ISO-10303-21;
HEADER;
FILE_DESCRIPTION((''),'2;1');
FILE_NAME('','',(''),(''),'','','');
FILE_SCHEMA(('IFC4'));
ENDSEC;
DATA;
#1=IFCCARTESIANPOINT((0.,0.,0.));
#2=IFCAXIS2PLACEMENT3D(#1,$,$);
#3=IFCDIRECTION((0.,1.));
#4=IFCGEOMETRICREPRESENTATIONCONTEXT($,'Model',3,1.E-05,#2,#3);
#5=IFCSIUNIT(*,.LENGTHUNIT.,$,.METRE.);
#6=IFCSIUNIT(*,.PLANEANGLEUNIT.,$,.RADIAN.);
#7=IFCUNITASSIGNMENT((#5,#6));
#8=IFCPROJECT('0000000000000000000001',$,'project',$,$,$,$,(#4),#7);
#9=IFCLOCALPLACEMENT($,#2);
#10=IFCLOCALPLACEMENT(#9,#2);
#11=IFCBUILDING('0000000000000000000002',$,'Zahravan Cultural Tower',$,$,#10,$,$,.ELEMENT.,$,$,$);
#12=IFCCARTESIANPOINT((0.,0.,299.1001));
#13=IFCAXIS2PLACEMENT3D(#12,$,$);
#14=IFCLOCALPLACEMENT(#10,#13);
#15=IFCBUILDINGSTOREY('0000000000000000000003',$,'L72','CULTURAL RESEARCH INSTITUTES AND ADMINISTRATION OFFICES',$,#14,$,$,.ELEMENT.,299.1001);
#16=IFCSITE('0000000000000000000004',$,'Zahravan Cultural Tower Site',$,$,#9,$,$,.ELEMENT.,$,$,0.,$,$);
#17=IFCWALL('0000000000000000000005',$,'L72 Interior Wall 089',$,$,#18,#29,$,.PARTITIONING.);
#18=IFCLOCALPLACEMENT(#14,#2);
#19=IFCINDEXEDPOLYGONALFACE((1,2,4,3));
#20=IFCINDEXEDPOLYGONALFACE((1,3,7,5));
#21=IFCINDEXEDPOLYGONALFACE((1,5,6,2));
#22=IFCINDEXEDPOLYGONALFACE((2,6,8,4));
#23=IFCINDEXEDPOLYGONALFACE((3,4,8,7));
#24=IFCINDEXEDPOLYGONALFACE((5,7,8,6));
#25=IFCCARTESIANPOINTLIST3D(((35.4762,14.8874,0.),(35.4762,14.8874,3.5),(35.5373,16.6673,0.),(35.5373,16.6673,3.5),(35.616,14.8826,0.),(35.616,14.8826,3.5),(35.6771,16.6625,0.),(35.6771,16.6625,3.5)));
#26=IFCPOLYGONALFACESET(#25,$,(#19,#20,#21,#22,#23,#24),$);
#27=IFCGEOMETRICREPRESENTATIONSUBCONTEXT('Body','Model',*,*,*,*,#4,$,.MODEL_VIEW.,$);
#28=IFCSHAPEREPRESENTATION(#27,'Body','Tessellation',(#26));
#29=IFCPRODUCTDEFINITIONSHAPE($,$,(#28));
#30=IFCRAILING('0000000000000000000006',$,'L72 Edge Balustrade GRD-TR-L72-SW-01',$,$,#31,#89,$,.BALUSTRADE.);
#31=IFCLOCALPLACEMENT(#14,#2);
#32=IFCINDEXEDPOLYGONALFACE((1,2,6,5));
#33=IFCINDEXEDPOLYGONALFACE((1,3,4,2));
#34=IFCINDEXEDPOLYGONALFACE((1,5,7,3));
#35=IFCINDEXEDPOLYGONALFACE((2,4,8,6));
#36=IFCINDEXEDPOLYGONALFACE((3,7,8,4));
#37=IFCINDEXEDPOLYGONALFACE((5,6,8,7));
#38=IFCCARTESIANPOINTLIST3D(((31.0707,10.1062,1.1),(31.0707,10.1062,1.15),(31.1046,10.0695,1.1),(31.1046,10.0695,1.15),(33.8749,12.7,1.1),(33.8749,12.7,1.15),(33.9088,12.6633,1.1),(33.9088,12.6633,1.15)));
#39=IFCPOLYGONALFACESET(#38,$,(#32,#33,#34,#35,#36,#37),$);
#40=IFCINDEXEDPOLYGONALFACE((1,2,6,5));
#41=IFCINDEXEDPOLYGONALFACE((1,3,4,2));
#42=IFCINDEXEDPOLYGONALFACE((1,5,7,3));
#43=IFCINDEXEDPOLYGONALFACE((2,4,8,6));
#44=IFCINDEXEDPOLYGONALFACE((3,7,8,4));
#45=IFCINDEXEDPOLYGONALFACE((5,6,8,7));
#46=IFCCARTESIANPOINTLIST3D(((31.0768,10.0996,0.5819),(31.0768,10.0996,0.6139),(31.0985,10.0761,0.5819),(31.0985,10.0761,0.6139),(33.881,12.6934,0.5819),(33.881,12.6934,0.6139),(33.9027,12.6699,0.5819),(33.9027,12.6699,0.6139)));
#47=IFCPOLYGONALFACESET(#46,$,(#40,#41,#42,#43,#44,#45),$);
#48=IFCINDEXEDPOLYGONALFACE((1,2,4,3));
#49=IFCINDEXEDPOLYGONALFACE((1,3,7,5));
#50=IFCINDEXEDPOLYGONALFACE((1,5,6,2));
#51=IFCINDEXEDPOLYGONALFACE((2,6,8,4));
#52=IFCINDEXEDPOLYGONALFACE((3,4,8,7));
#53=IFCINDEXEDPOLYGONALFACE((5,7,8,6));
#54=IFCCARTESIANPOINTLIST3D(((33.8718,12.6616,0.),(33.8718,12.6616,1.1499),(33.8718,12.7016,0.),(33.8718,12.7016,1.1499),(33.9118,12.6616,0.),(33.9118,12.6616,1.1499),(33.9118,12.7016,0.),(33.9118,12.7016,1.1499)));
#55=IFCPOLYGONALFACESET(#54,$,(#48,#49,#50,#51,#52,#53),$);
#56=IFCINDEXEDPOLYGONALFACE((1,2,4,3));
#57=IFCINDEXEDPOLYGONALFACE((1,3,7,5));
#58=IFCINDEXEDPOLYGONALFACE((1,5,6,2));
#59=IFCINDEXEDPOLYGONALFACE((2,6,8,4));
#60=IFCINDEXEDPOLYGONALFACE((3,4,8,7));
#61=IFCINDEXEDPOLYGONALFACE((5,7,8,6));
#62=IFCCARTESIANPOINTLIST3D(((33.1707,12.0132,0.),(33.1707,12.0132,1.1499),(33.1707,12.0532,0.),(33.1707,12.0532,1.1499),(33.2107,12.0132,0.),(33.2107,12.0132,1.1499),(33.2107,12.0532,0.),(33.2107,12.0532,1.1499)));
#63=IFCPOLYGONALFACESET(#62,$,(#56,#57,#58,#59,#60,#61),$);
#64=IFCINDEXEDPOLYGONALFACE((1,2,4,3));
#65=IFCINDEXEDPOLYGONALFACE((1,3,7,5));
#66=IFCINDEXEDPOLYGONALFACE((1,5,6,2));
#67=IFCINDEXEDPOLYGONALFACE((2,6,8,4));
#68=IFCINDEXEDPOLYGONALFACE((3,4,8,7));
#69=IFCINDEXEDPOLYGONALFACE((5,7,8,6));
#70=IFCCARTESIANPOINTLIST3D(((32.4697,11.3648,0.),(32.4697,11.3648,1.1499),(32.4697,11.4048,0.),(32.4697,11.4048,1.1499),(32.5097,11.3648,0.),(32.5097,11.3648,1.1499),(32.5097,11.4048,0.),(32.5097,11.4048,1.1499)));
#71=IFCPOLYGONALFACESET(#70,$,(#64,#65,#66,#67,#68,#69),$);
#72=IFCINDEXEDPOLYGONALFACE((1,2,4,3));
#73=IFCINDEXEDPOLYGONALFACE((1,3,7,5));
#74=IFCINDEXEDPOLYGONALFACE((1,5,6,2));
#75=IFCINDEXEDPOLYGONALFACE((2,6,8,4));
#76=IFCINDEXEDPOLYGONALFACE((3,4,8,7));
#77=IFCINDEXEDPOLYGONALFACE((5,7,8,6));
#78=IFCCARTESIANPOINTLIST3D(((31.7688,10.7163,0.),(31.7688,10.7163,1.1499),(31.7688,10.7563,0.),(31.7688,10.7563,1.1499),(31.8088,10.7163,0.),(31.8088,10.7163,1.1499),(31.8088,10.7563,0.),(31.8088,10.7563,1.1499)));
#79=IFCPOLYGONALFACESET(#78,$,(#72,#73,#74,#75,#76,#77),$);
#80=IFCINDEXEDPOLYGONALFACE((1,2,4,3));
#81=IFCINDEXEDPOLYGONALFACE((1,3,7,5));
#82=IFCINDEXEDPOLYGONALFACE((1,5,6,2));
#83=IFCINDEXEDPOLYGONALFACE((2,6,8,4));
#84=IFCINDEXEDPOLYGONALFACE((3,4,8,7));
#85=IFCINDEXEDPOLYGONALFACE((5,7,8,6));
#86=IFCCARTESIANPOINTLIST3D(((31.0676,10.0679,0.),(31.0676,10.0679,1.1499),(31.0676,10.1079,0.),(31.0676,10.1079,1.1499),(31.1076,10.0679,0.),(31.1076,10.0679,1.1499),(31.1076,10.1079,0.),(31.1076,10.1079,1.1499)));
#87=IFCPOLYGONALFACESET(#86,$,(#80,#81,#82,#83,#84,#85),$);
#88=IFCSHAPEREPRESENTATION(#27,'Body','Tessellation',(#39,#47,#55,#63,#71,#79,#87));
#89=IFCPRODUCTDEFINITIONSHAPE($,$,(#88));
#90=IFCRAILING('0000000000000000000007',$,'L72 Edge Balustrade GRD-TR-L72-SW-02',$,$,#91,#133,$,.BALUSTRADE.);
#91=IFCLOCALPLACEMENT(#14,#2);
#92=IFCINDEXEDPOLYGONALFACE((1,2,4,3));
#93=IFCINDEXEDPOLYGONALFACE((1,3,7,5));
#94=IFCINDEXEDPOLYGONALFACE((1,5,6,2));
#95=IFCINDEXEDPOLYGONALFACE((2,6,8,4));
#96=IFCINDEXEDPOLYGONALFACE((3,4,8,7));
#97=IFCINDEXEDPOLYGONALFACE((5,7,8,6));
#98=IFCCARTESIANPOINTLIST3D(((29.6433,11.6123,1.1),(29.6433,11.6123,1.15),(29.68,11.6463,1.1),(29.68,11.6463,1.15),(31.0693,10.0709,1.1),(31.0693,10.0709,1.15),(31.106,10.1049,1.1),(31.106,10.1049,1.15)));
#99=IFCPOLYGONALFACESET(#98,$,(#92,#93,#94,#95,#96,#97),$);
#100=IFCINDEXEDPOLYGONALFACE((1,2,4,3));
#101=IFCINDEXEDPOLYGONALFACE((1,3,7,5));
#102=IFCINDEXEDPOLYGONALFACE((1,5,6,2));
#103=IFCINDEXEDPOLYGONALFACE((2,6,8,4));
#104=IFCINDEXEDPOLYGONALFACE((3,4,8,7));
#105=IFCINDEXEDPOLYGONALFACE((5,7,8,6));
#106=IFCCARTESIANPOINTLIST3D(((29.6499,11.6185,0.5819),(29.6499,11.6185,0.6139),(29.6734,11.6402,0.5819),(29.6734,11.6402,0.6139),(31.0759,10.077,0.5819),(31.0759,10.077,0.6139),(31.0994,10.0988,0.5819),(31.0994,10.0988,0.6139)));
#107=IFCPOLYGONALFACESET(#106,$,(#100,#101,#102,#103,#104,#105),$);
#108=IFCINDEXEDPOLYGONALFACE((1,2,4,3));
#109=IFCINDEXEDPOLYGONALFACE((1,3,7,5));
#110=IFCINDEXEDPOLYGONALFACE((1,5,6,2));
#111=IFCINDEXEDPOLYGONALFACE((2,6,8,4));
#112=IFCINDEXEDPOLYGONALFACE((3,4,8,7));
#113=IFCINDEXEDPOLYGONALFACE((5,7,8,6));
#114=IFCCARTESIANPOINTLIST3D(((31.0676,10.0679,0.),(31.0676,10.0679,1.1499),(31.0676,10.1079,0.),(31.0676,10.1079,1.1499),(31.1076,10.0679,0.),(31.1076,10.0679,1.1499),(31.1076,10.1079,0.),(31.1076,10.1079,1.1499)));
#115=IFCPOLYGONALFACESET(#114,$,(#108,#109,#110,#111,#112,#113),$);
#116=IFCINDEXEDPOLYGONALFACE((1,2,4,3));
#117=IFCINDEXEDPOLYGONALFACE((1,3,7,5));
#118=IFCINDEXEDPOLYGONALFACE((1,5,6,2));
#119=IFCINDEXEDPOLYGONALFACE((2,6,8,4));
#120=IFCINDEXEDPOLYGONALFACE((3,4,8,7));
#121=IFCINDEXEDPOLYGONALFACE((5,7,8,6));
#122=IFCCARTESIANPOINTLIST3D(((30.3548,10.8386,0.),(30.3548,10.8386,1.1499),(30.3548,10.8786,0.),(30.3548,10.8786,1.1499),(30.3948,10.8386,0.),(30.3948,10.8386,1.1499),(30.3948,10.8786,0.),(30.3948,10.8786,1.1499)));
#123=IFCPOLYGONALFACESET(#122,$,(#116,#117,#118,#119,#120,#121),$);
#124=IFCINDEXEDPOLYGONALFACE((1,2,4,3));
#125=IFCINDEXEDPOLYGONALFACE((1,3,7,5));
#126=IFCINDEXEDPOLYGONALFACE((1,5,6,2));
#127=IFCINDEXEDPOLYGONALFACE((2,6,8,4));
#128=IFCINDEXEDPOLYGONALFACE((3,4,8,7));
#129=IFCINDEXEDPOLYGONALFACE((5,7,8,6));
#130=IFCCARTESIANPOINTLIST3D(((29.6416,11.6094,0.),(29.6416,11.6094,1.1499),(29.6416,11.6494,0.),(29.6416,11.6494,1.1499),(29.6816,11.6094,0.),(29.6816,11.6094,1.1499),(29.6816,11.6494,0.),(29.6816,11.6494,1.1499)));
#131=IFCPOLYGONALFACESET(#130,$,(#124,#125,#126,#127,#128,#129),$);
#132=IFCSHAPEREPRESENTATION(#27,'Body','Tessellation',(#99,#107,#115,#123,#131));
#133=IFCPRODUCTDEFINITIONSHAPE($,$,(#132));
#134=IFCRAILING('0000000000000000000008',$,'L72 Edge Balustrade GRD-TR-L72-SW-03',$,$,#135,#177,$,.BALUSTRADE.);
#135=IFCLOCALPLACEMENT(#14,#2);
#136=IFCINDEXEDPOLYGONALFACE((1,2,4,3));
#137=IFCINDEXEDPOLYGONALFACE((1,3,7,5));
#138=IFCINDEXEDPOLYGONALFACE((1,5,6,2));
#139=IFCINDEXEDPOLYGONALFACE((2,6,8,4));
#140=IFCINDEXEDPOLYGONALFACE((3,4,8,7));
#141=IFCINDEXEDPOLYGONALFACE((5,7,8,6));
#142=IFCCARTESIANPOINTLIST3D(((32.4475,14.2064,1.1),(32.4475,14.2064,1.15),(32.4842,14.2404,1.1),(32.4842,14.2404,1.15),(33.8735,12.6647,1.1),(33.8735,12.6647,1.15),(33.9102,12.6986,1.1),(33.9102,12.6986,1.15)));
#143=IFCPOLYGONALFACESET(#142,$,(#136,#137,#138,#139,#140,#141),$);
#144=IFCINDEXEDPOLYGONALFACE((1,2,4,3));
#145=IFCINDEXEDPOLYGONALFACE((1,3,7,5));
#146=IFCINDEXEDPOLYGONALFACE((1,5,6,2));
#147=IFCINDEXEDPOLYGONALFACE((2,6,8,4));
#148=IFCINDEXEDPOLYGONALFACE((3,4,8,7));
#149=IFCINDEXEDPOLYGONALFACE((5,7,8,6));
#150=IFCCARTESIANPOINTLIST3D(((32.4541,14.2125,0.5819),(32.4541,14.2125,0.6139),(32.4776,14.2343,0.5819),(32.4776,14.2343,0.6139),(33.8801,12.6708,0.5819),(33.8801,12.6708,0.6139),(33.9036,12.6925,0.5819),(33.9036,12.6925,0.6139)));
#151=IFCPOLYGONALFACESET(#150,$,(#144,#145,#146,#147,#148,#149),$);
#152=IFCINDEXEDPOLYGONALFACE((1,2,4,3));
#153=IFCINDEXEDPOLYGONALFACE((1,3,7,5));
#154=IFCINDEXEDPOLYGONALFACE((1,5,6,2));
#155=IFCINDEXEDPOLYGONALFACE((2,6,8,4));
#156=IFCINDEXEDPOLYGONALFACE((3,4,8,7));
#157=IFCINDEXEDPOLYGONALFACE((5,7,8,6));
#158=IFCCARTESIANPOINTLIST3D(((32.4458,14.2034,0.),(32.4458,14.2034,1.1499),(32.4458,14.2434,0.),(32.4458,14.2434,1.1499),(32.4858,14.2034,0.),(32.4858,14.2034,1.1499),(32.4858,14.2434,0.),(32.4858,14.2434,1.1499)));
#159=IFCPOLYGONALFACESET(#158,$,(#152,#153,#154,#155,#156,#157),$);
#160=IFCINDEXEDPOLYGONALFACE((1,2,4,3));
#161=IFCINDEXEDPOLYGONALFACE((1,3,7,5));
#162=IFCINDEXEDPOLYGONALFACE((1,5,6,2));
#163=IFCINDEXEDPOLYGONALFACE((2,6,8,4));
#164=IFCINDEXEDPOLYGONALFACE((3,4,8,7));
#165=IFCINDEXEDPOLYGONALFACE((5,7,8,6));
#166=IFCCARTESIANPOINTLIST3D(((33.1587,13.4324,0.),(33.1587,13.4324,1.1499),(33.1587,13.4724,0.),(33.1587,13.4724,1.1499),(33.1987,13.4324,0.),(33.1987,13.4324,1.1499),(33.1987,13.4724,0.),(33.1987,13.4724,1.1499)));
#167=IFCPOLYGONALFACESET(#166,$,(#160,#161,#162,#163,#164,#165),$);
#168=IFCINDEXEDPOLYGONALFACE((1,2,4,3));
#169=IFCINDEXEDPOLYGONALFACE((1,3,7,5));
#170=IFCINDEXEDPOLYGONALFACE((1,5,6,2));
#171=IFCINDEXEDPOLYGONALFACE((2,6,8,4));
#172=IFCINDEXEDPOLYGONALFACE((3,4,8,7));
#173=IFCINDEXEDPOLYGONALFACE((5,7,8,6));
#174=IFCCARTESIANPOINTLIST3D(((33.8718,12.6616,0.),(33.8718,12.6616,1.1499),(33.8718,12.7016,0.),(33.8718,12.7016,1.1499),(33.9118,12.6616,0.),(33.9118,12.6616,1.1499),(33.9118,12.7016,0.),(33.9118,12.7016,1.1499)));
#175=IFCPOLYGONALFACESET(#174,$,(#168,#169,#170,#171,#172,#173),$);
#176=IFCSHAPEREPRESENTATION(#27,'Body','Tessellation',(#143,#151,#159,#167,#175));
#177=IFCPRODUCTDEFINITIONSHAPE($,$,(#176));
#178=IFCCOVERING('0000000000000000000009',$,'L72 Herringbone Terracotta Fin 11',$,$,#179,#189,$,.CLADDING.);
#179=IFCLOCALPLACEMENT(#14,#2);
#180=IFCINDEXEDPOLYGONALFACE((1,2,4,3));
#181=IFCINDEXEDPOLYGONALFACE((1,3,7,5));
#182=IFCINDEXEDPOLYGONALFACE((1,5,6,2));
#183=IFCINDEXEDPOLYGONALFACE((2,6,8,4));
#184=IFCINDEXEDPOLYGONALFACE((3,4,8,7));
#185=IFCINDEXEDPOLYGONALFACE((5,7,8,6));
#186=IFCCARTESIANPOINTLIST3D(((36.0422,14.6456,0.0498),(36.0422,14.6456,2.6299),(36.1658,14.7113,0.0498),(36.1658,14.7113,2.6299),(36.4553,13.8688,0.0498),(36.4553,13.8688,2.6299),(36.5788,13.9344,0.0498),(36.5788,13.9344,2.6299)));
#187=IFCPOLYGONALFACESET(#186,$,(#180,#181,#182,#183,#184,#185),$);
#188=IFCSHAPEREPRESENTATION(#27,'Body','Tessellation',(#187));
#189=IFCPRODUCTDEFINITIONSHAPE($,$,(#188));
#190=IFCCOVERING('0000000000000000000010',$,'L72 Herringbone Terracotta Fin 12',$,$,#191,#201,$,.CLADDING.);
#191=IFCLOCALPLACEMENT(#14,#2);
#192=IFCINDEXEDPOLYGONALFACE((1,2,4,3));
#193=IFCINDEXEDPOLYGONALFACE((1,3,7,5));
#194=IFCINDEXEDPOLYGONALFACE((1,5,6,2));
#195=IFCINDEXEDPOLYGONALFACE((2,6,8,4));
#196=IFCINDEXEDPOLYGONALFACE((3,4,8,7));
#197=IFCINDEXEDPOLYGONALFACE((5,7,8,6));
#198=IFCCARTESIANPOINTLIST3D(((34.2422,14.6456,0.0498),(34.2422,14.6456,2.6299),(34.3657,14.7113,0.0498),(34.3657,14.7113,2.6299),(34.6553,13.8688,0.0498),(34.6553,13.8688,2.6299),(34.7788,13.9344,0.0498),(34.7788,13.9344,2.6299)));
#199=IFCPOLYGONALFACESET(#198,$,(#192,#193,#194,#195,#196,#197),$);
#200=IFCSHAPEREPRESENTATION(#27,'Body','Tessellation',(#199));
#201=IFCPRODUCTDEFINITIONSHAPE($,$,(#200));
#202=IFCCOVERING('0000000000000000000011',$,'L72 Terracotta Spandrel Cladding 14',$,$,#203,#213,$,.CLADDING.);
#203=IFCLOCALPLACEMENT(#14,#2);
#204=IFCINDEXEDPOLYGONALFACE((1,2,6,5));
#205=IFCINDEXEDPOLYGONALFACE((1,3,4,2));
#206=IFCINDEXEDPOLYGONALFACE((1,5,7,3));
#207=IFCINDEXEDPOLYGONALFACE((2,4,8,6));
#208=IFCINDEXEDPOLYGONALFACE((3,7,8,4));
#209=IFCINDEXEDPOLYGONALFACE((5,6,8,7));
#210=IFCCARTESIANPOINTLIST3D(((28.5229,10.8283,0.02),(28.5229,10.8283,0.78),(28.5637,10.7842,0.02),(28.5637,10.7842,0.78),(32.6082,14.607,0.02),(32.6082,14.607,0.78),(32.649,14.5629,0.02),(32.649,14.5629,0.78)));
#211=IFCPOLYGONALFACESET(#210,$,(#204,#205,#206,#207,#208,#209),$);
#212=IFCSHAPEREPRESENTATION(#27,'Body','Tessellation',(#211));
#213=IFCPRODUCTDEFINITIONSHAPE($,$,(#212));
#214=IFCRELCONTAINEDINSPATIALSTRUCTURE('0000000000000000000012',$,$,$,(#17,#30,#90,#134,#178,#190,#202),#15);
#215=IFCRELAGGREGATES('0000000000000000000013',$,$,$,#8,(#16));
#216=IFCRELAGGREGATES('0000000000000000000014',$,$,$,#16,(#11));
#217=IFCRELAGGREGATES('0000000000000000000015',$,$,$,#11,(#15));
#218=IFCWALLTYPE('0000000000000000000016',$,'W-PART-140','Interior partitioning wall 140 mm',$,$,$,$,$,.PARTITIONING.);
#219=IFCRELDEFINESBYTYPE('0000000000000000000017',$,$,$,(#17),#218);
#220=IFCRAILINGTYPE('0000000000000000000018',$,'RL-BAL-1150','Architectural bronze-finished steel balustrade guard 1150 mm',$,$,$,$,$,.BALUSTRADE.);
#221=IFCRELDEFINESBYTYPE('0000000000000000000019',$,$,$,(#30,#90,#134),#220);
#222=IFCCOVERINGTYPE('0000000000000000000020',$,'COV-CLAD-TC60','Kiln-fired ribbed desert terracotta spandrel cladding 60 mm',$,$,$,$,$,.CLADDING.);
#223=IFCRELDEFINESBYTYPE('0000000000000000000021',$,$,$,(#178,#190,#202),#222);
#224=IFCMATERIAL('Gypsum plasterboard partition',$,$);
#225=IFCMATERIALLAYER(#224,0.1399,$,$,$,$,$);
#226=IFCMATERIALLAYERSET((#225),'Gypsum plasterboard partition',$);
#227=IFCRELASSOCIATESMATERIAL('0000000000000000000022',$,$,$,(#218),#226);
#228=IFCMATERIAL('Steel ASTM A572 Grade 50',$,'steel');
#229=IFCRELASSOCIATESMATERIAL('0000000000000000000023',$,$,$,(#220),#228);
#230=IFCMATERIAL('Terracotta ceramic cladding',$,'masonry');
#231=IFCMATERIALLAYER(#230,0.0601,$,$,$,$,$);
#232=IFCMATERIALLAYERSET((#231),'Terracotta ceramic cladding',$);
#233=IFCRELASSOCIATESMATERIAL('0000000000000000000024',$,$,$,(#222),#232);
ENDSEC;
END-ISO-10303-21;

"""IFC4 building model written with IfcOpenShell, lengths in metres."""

from ifc_helpers import new_model, si_unit, direction, frame, frame_2d, origin, origin_2d, place, context, subcontext, project, spatial, rectangle, extrude, source, transform, mapped, material, layer, layer_set, type_object, element, save


model = new_model("IFC4")

# Units and contexts
model_context = context("Model", 3, precision=1e-05, world=origin(), true_north=direction((0.0, 1.0)))
body_context = subcontext(model_context, "Body", "Model", "MODEL_VIEW")
ifc_project = project(units=[si_unit("LENGTHUNIT", "METRE"), si_unit("PLANEANGLEUNIT", "RADIAN")], contexts=[model_context])

# Site, building, storey
site_placement = place(None, origin())
site = spatial("IfcSite", under=ifc_project, at=site_placement, Name="Zahravan Cultural Tower Site", CompositionType="ELEMENT", RefElevation=0.0)
building_placement = place(site_placement, origin())
building = spatial("IfcBuilding", under=site, at=building_placement, Name="Zahravan Cultural Tower", CompositionType="ELEMENT")
storey_placement = place(building_placement, frame((0.0, 0.0, 299.1001)))
storey = spatial("IfcBuildingStorey", under=building, at=storey_placement, Name="L72", Description="CULTURAL RESEARCH INSTITUTES AND ADMINISTRATION OFFICES", CompositionType="ELEMENT", Elevation=299.1001)

# Shared definitions
ifc_material_1 = material(Name="Gypsum plasterboard partition")
ifc_layer_1 = layer(ifc_material_1, 0.1399)
ifc_layer_set_1 = layer_set([ifc_layer_1], Name="Gypsum plasterboard partition")
wall_type_1 = type_object("IfcWallType", Name="W-PART-140", Description="Interior partitioning wall 140 mm", PredefinedType="PARTITIONING", material=ifc_layer_set_1)

# Wall
shared_shape_1 = source(origin(), body_context, "Body", "SweptSolid", [
    extrude(rectangle(XDim=1.781, YDim=0.1399, at=frame_2d((0.8906, 0.0))), origin(), (0.0, 0.0, 1.0), 3.5),
])
wall_1_placement = place(storey_placement, frame((35.6072, 16.665, 0.0), z_axis=(0.0, 0.0, 1.0), x_axis=(-0.034269, -0.999413, 0.0)))
element("IfcWall", 1, at=wall_1_placement, inside=storey, type_object=wall_type_1, Name="L72 Interior Wall 089", PredefinedType="PARTITIONING", context=body_context, shape_type="MappedRepresentation", body=[
    mapped(shared_shape_1, transform((0.0, 0.0, 0.0), x_axis=(1.0, 0.0, 0.0), y_axis=(0.0, 1.0, 0.0), z_axis=(0.0, 0.0, 1.0), scale=1.0)),
])

# Railings
ifc_material_2 = material(Name="Steel ASTM A572 Grade 50", Category="steel")
railing_type = type_object("IfcRailingType", Name="RL-BAL-1150", Description="Architectural bronze-finished steel balustrade guard 1150 mm", PredefinedType="BALUSTRADE", material=ifc_material_2)
railing_1_placement = place(storey_placement, frame((33.8918, 12.6816, 0.0)))
element("IfcRailing", 2, at=railing_1_placement, inside=storey, type_object=railing_type, Name="L72 Edge Balustrade GRD-TR-L72-SW-01", PredefinedType="BALUSTRADE", context=body_context, shape_type="SweptSolid", body=[
    extrude(rectangle(XDim=0.05, YDim=0.05, at=origin_2d()), frame((0.0, 0.0, 1.125), z_axis=(-0.734117, -0.679023, 0.0), x_axis=(0.679023, -0.734117, 0.0)), (0.0, 0.0, 1.0), 3.8198),
    extrude(rectangle(XDim=0.032, YDim=0.032, at=origin_2d()), frame((0.0, 0.0, 0.5979), z_axis=(-0.734117, -0.679023, 0.0), x_axis=(0.679023, -0.734117, 0.0)), (0.0, 0.0, 1.0), 3.8198),
    extrude(rectangle(XDim=0.04, YDim=0.04, at=origin_2d()), origin(), (0.0, 0.0, 1.0), 1.1499),
    extrude(rectangle(XDim=0.04, YDim=0.04, at=origin_2d()), frame((-0.7012, -0.6484, 0.0)), (0.0, 0.0, 1.0), 1.1499),
    extrude(rectangle(XDim=0.04, YDim=0.04, at=origin_2d()), frame((-1.4021, -1.2969, 0.0)), (0.0, 0.0, 1.0), 1.1499),
    extrude(rectangle(XDim=0.04, YDim=0.04, at=origin_2d()), frame((-2.103, -1.9453, 0.0)), (0.0, 0.0, 1.0), 1.1499),
    extrude(rectangle(XDim=0.04, YDim=0.04, at=origin_2d()), frame((-2.8042, -2.5938, 0.0)), (0.0, 0.0, 1.0), 1.1499),
])
railing_2_placement = place(storey_placement, frame((31.0876, 10.0879, 0.0)))
element("IfcRailing", 3, at=railing_2_placement, inside=storey, type_object=railing_type, Name="L72 Edge Balustrade GRD-TR-L72-SW-02", PredefinedType="BALUSTRADE", context=body_context, shape_type="SweptSolid", body=[
    extrude(rectangle(XDim=0.05, YDim=0.05, at=origin_2d()), frame((0.0, 0.0, 1.125), z_axis=(-0.679076, 0.734068, 0.0), x_axis=(-0.734068, -0.679076, 0.0)), (0.0, 0.0, 1.0), 2.0999),
    extrude(rectangle(XDim=0.032, YDim=0.032, at=origin_2d()), frame((0.0, 0.0, 0.5979), z_axis=(-0.679076, 0.734068, 0.0), x_axis=(-0.734068, -0.679076, 0.0)), (0.0, 0.0, 1.0), 2.0999),
    extrude(rectangle(XDim=0.04, YDim=0.04, at=origin_2d()), origin(), (0.0, 0.0, 1.0), 1.1499),
    extrude(rectangle(XDim=0.04, YDim=0.04, at=origin_2d()), frame((-0.7129, 0.7708, 0.0)), (0.0, 0.0, 1.0), 1.1499),
    extrude(rectangle(XDim=0.04, YDim=0.04, at=origin_2d()), frame((-1.426, 1.5415, 0.0)), (0.0, 0.0, 1.0), 1.1499),
])
railing_3_placement = place(storey_placement, frame((32.4658, 14.2234, 0.0)))
element("IfcRailing", 4, at=railing_3_placement, inside=storey, type_object=railing_type, Name="L72 Edge Balustrade GRD-TR-L72-SW-03", PredefinedType="BALUSTRADE", context=body_context, shape_type="SweptSolid", body=[
    extrude(rectangle(XDim=0.05, YDim=0.05, at=origin_2d()), frame((0.0, 0.0, 1.125), z_axis=(0.679018, -0.734121, 0.0), x_axis=(0.734121, 0.679018, 0.0)), (0.0, 0.0, 1.0), 2.1001),
    extrude(rectangle(XDim=0.032, YDim=0.032, at=origin_2d()), frame((0.0, 0.0, 0.5979), z_axis=(0.679018, -0.734121, 0.0), x_axis=(0.734121, 0.679018, 0.0)), (0.0, 0.0, 1.0), 2.1001),
    extrude(rectangle(XDim=0.04, YDim=0.04, at=origin_2d()), origin(), (0.0, 0.0, 1.0), 1.1499),
    extrude(rectangle(XDim=0.04, YDim=0.04, at=origin_2d()), frame((0.7129, -0.771, 0.0)), (0.0, 0.0, 1.0), 1.1499),
    extrude(rectangle(XDim=0.04, YDim=0.04, at=origin_2d()), frame((1.426, -1.5417, 0.0)), (0.0, 0.0, 1.0), 1.1499),
])

# Coverings
ifc_material_3 = material(Name="Terracotta ceramic cladding", Category="masonry")
ifc_layer_2 = layer(ifc_material_3, 0.0601)
ifc_layer_set_2 = layer_set([ifc_layer_2], Name="Terracotta ceramic cladding")
covering_type = type_object("IfcCoveringType", Name="COV-CLAD-TC60", Description="Kiln-fired ribbed desert terracotta spandrel cladding 60 mm", PredefinedType="CLADDING", material=ifc_layer_set_2)
shared_shape_2 = source(origin(), body_context, "Body", "SweptSolid", [
    extrude(rectangle(XDim=0.8799, YDim=0.1399, at=origin_2d()), origin(), (0.0, 0.0, 1.0), 2.5801),
])
for number, where, z_axis, x_axis, name in (
    (5, (36.3105, 14.29, 0.0498), (0.0, 0.0, 1.0), (0.469472, -0.882948, 0.0), "L72 Herringbone Terracotta Fin 11"),
    (6, (34.5105, 14.29, 0.0498), (0.0, 0.0, 1.0), (0.469472, -0.882948, 0.0), "L72 Herringbone Terracotta Fin 12"),
):
    element("IfcCovering", number, at=place(storey_placement, frame(where, z_axis=z_axis, x_axis=x_axis)), inside=storey, type_object=covering_type, Name=name, PredefinedType="CLADDING", context=body_context, shape_type="MappedRepresentation", body=[
        mapped(shared_shape_2, transform((0.0, 0.0, 0.0), x_axis=(1.0, 0.0, 0.0), y_axis=(0.0, 1.0, 0.0), z_axis=(0.0, 0.0, 1.0), scale=1.0)),
    ])
shared_shape_3 = source(origin(), body_context, "Body", "SweptSolid", [
    extrude(rectangle(XDim=5.5649, YDim=0.0601, at=origin_2d()), origin(), (0.0, 0.0, 1.0), 0.76),
])
covering_1_placement = place(storey_placement, frame((30.5859, 12.6956, 0.02), z_axis=(0.0, 0.0, 1.0), x_axis=(-0.734121, -0.679019, 0.0)))
element("IfcCovering", 7, at=covering_1_placement, inside=storey, type_object=covering_type, Name="L72 Terracotta Spandrel Cladding 14", PredefinedType="CLADDING", context=body_context, shape_type="MappedRepresentation", body=[
    mapped(shared_shape_3, transform((0.0, 0.0, 0.0), x_axis=(1.0, 0.0, 0.0), y_axis=(0.0, 1.0, 0.0), z_axis=(0.0, 0.0, 1.0), scale=1.0)),
])

save(model, "model.ifc")
